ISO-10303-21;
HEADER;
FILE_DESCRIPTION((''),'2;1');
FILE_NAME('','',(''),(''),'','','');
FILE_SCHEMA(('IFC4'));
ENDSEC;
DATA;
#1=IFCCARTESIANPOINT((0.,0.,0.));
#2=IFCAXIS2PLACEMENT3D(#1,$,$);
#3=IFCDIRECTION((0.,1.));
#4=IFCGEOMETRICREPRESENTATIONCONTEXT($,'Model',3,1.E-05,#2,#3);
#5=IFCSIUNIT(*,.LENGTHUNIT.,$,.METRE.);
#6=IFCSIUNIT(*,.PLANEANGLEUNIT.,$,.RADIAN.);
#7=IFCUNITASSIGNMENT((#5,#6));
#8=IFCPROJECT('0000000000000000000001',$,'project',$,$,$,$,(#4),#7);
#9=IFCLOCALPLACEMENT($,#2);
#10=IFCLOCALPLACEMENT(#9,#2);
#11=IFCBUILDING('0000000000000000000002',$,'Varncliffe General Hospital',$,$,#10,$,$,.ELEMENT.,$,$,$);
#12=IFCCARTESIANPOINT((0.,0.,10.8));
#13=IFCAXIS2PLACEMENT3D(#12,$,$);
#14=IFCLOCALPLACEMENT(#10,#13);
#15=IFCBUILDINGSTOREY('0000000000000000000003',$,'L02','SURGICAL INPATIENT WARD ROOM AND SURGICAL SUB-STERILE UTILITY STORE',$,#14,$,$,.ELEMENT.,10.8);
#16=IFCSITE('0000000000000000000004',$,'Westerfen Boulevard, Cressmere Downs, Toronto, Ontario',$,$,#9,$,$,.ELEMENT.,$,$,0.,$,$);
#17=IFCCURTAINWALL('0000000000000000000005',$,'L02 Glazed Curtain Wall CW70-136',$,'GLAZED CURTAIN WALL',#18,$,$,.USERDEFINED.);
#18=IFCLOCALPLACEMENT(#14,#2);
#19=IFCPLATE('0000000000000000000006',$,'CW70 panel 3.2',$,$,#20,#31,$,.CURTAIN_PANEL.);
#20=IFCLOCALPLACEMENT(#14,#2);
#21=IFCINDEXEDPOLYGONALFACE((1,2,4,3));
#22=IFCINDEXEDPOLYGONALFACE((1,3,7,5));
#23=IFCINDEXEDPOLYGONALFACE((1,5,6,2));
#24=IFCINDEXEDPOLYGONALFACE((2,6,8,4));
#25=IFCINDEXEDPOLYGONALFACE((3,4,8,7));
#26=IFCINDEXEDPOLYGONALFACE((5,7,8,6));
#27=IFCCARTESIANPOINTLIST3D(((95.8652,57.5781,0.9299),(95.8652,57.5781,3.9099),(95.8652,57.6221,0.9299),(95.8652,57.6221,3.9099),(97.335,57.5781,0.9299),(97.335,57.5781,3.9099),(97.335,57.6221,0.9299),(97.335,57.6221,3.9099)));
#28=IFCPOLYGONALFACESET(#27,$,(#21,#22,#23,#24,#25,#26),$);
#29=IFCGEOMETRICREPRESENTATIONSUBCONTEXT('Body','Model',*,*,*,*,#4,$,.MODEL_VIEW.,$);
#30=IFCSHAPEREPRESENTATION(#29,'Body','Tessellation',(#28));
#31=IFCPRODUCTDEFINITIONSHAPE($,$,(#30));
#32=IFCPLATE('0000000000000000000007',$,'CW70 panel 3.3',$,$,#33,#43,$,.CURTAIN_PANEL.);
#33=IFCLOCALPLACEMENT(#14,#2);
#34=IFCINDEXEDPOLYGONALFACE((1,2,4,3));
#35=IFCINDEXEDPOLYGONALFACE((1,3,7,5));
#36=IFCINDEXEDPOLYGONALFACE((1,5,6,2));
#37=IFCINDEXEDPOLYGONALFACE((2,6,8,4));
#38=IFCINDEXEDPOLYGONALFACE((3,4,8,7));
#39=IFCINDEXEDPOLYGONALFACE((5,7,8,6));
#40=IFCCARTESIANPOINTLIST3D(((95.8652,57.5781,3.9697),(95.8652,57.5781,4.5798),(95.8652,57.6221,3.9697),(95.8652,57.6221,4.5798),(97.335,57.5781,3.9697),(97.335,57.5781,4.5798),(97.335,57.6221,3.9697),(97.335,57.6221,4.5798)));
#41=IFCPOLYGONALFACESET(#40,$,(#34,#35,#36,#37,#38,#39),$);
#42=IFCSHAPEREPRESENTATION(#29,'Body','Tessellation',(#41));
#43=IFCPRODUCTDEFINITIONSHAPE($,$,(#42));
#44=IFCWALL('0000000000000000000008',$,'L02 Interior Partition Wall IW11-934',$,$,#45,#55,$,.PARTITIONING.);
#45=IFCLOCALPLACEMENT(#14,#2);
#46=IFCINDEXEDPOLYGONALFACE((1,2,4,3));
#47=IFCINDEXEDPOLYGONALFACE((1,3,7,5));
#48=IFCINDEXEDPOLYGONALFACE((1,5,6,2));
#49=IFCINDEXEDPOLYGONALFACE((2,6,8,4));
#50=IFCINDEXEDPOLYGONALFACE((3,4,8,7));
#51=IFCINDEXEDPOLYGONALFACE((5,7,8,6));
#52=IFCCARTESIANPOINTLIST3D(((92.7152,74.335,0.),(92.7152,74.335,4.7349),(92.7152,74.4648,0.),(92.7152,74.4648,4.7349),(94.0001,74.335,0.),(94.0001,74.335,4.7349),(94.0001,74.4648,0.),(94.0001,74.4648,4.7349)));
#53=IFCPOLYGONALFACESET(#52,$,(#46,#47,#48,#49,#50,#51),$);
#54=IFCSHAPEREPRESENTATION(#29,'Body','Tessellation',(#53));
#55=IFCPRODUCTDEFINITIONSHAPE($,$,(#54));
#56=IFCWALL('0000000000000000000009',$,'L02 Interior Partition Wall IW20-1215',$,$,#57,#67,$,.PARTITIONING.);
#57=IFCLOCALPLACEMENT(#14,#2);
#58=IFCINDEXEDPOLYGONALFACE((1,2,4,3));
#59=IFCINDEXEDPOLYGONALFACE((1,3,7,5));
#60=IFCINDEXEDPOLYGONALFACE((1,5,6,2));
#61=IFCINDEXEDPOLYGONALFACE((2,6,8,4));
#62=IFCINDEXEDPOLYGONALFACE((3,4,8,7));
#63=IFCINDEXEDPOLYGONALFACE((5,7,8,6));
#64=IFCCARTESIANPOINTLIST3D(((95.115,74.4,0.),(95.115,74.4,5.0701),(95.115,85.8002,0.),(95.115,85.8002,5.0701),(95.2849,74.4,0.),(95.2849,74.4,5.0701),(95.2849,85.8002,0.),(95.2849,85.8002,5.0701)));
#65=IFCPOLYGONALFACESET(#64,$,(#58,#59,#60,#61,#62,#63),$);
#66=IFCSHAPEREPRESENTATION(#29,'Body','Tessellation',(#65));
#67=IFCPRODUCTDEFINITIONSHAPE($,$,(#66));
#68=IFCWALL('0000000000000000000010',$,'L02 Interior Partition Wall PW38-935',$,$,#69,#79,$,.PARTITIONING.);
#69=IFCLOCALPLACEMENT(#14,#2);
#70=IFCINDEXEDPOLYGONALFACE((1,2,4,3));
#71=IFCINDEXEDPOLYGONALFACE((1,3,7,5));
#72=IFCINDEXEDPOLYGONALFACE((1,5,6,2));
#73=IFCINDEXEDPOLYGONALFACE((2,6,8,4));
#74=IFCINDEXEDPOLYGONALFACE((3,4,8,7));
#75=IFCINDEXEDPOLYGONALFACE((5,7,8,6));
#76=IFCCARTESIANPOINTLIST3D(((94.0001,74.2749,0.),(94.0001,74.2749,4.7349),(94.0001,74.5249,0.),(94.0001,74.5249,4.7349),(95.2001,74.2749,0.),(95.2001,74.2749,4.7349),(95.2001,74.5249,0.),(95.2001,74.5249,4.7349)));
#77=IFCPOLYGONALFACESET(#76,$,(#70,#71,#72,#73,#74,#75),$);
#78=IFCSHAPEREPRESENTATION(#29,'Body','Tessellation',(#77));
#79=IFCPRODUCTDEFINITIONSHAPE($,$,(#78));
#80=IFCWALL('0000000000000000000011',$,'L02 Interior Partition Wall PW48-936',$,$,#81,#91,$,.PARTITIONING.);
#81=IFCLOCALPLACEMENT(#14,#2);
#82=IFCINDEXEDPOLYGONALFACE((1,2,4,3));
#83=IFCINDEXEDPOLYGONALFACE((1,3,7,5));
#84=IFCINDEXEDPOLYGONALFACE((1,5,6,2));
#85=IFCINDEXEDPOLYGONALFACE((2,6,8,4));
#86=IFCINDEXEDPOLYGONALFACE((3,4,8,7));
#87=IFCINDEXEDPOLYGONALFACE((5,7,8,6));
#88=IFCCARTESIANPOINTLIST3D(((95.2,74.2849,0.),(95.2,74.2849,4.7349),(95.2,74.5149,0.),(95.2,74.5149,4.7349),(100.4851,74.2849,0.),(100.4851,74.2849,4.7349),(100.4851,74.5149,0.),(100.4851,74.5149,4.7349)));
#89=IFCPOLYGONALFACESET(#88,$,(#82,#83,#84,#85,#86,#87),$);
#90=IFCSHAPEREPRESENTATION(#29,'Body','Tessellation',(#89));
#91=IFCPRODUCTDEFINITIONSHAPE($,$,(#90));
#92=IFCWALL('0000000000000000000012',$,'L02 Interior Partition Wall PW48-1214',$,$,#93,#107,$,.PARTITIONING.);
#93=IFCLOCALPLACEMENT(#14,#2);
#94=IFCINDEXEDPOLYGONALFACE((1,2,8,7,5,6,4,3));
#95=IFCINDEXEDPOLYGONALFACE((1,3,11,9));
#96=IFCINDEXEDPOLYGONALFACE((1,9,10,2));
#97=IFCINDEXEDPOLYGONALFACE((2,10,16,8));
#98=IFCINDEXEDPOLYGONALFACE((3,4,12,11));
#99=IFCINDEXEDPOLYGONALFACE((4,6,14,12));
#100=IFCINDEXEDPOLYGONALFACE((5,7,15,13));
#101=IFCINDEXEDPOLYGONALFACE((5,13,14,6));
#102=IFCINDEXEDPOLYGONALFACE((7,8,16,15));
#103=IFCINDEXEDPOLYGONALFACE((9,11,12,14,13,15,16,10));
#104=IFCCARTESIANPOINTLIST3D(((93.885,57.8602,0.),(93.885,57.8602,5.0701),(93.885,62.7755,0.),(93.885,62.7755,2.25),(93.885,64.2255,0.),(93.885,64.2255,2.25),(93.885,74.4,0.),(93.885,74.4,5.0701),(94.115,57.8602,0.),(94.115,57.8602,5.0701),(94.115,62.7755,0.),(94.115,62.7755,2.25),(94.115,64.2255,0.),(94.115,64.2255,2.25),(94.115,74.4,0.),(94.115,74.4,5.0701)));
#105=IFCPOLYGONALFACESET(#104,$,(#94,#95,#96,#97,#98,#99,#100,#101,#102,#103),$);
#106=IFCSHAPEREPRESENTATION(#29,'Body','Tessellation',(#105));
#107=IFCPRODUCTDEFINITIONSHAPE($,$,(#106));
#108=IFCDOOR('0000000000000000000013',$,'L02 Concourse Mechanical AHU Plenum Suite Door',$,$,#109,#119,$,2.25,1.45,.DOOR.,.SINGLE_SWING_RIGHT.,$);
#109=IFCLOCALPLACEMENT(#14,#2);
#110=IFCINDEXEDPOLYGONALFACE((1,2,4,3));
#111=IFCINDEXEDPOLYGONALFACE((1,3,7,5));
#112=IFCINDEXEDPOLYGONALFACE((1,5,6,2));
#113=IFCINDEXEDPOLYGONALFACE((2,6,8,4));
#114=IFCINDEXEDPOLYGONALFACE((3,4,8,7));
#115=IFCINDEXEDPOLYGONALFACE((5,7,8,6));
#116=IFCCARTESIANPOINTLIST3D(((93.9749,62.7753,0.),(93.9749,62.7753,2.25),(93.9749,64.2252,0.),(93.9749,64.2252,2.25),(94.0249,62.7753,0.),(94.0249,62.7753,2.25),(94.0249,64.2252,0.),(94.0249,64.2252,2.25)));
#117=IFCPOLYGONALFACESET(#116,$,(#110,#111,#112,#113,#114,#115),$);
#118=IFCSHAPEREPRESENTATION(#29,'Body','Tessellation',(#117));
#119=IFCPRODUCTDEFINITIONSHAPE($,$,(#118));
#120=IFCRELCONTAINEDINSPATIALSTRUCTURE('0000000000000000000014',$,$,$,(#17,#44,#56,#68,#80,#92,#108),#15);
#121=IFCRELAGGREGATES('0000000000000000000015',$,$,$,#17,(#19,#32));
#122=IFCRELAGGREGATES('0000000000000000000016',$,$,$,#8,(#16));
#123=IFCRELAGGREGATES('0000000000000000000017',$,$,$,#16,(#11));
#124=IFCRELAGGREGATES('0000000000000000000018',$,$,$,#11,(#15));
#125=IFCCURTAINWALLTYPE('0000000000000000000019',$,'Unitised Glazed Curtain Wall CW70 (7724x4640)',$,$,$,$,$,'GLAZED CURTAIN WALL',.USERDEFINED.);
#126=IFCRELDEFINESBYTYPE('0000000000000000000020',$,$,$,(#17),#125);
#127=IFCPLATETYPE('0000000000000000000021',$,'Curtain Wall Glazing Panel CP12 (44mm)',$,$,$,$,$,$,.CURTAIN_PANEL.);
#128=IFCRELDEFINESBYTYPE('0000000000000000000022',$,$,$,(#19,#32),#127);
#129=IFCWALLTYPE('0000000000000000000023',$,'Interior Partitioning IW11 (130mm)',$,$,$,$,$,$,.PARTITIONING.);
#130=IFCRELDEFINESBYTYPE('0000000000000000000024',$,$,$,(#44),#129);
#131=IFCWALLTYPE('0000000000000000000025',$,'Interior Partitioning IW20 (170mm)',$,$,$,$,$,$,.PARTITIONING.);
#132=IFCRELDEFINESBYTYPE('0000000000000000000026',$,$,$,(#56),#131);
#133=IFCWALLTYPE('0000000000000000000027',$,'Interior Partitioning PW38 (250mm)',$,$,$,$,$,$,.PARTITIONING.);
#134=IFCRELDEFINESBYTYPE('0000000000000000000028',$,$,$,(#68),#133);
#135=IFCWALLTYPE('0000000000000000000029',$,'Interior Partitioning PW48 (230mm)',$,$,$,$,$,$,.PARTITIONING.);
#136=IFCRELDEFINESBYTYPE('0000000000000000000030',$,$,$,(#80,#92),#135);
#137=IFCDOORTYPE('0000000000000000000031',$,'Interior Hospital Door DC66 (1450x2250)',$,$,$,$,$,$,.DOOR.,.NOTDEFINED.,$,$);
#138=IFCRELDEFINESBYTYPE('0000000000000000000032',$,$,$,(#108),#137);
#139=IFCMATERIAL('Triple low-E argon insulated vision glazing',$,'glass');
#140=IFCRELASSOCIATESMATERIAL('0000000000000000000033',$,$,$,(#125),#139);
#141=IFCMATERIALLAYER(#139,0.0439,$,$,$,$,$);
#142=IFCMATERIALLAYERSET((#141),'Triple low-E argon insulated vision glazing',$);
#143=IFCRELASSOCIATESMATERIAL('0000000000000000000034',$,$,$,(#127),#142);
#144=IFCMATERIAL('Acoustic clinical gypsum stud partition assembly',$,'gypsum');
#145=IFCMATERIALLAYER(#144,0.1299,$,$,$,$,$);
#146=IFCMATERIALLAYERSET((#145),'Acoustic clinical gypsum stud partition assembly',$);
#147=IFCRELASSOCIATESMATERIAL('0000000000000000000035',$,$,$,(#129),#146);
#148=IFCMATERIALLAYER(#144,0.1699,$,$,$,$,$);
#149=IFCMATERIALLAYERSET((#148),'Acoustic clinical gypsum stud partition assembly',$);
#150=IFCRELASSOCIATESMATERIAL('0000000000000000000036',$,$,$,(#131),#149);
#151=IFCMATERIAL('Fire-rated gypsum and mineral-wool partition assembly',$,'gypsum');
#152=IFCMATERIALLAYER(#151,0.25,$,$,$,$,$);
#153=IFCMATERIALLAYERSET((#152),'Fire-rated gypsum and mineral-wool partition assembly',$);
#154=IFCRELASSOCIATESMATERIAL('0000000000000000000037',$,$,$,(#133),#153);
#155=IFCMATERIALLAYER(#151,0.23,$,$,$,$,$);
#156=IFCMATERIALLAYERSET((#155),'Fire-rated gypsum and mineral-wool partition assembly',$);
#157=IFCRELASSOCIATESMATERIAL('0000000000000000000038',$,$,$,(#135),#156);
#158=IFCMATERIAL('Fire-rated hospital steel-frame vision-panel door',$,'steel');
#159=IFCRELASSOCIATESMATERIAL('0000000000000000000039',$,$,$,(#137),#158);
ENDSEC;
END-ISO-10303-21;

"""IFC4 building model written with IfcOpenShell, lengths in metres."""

from ifc_helpers import new_model, si_unit, direction, frame, frame_2d, origin, origin_2d, place, context, subcontext, project, spatial, rectangle, extrude, material, layer, layer_set, type_object, element, fill, aggregate, save


model = new_model("IFC4")

# Units and contexts
model_context = context("Model", 3, precision=1e-05, world=origin(), true_north=direction((0.0, 1.0)))
body_context = subcontext(model_context, "Body", "Model", "MODEL_VIEW")
ifc_project = project(units=[si_unit("LENGTHUNIT", "METRE"), si_unit("PLANEANGLEUNIT", "RADIAN")], contexts=[model_context])

# Site, building, storey
site_placement = place(None, origin())
site = spatial("IfcSite", under=ifc_project, at=site_placement, Name="Westerfen Boulevard, Cressmere Downs, Toronto, Ontario", CompositionType="ELEMENT", RefElevation=0.0)
building_placement = place(site_placement, origin())
building = spatial("IfcBuilding", under=site, at=building_placement, Name="Varncliffe General Hospital", CompositionType="ELEMENT")
storey_placement = place(building_placement, frame((0.0, 0.0, 10.8)))
storey = spatial("IfcBuildingStorey", under=building, at=storey_placement, Name="L02", Description="SURGICAL INPATIENT WARD ROOM AND SURGICAL SUB-STERILE UTILITY STORE", CompositionType="ELEMENT", Elevation=10.8)

# Curtain wall
ifc_material_1 = material(Name="Triple low-E argon insulated vision glazing", Category="glass")
curtain_wall_type = type_object("IfcCurtainWallType", Name="Unitised Glazed Curtain Wall CW70 (7724x4640)", ElementType="GLAZED CURTAIN WALL", PredefinedType="USERDEFINED", material=ifc_material_1)
curtain_wall_placement = place(storey_placement, origin())
curtain_wall = element("IfcCurtainWall", 1, at=curtain_wall_placement, inside=storey, type_object=curtain_wall_type, Name="L02 Glazed Curtain Wall CW70-136", ObjectType="GLAZED CURTAIN WALL", PredefinedType="USERDEFINED")

# Plates
ifc_layer_1 = layer(ifc_material_1, 0.0439)
ifc_layer_set_1 = layer_set([ifc_layer_1], Name="Triple low-E argon insulated vision glazing")
plate_type = type_object("IfcPlateType", Name="Curtain Wall Glazing Panel CP12 (44mm)", PredefinedType="CURTAIN_PANEL", material=ifc_layer_set_1)
plate_1_placement = place(storey_placement, frame((96.6001, 57.6001, 0.9299), z_axis=(0.0, 0.0, 1.0), x_axis=(-1.0, 0.0, 0.0)))
plate_1 = element("IfcPlate", 2, at=plate_1_placement, type_object=plate_type, Name="CW70 panel 3.2", PredefinedType="CURTAIN_PANEL", context=body_context, shape_type="SweptSolid", body=[
    extrude(rectangle(XDim=1.4697, YDim=0.0439, at=origin_2d()), origin(), (0.0, 0.0, 1.0), 2.98),
])
plate_2_placement = place(storey_placement, frame((96.6001, 57.6001, 3.9697), z_axis=(0.0, 0.0, 1.0), x_axis=(-1.0, 0.0, 0.0)))
plate_2 = element("IfcPlate", 3, at=plate_2_placement, type_object=plate_type, Name="CW70 panel 3.3", PredefinedType="CURTAIN_PANEL", context=body_context, shape_type="SweptSolid", body=[
    extrude(rectangle(XDim=1.4697, YDim=0.0439, at=origin_2d()), origin(), (0.0, 0.0, 1.0), 0.6101),
])
aggregate(curtain_wall, [plate_1, plate_2])

# Walls
ifc_material_2 = material(Name="Acoustic clinical gypsum stud partition assembly", Category="gypsum")
ifc_layer_2 = layer(ifc_material_2, 0.1299)
ifc_layer_set_2 = layer_set([ifc_layer_2], Name="Acoustic clinical gypsum stud partition assembly")
wall_type_1 = type_object("IfcWallType", Name="Interior Partitioning IW11 (130mm)", PredefinedType="PARTITIONING", material=ifc_layer_set_2)
wall_1_placement = place(storey_placement, frame((92.7151, 74.3999, 0.0), z_axis=(0.0, 0.0, 1.0), x_axis=(1.0, 0.0, 0.0)))
element("IfcWall", 4, at=wall_1_placement, inside=storey, type_object=wall_type_1, Name="L02 Interior Partition Wall IW11-934", PredefinedType="PARTITIONING", context=body_context, shape_type="SweptSolid", body=[
    extrude(rectangle(XDim=1.2849, YDim=0.1299, at=frame_2d((0.6426, 0.0))), origin(), (0.0, 0.0, 1.0), 4.7349),
])
ifc_layer_3 = layer(ifc_material_2, 0.1699)
ifc_layer_set_3 = layer_set([ifc_layer_3], Name="Acoustic clinical gypsum stud partition assembly")
wall_type_2 = type_object("IfcWallType", Name="Interior Partitioning IW20 (170mm)", PredefinedType="PARTITIONING", material=ifc_layer_set_3)
wall_2_placement = place(storey_placement, frame((95.2, 74.3999, 0.0), z_axis=(0.0, 0.0, 1.0), x_axis=(0.0, 1.0, 0.0)))
element("IfcWall", 5, at=wall_2_placement, inside=storey, type_object=wall_type_2, Name="L02 Interior Partition Wall IW20-1215", PredefinedType="PARTITIONING", context=body_context, shape_type="SweptSolid", body=[
    extrude(rectangle(XDim=11.4001, YDim=0.1699, at=frame_2d((5.7002, 0.0))), origin(), (0.0, 0.0, 1.0), 5.0701),
])
ifc_material_3 = material(Name="Fire-rated gypsum and mineral-wool partition assembly", Category="gypsum")
ifc_layer_4 = layer(ifc_material_3, 0.25)
ifc_layer_set_4 = layer_set([ifc_layer_4], Name="Fire-rated gypsum and mineral-wool partition assembly")
wall_type_3 = type_object("IfcWallType", Name="Interior Partitioning PW38 (250mm)", PredefinedType="PARTITIONING", material=ifc_layer_set_4)
wall_3_placement = place(storey_placement, frame((94.0, 74.3999, 0.0), z_axis=(0.0, 0.0, 1.0), x_axis=(1.0, 0.0, 0.0)))
element("IfcWall", 6, at=wall_3_placement, inside=storey, type_object=wall_type_3, Name="L02 Interior Partition Wall PW38-935", PredefinedType="PARTITIONING", context=body_context, shape_type="SweptSolid", body=[
    extrude(rectangle(XDim=1.2, YDim=0.25, at=frame_2d((0.6001, 0.0))), origin(), (0.0, 0.0, 1.0), 4.7349),
])
ifc_layer_5 = layer(ifc_material_3, 0.23)
ifc_layer_set_5 = layer_set([ifc_layer_5], Name="Fire-rated gypsum and mineral-wool partition assembly")
wall_type_4 = type_object("IfcWallType", Name="Interior Partitioning PW48 (230mm)", PredefinedType="PARTITIONING", material=ifc_layer_set_5)
wall_4_placement = place(storey_placement, frame((95.2, 74.3999, 0.0), z_axis=(0.0, 0.0, 1.0), x_axis=(1.0, 0.0, 0.0)))
element("IfcWall", 7, at=wall_4_placement, inside=storey, type_object=wall_type_4, Name="L02 Interior Partition Wall PW48-936", PredefinedType="PARTITIONING", context=body_context, shape_type="SweptSolid", body=[
    extrude(rectangle(XDim=5.2852, YDim=0.23, at=frame_2d((2.6426, 0.0))), origin(), (0.0, 0.0, 1.0), 4.7349),
])

# Wall, opening, door
wall_5_placement = place(storey_placement, frame((94.0, 57.8601, 0.0), z_axis=(0.0, 0.0, 1.0), x_axis=(0.0, 1.0, 0.0)))
wall_5 = element("IfcWall", 8, at=wall_5_placement, inside=storey, type_object=wall_type_4, Name="L02 Interior Partition Wall PW48-1214", PredefinedType="PARTITIONING", context=body_context, shape_type="SweptSolid", body=[
    extrude(rectangle(XDim=16.5398, YDim=0.23, at=frame_2d((8.27, 0.0))), origin(), (0.0, 0.0, 1.0), 5.0701),
])
opening_placement = place(wall_5_placement, frame((4.9153, 0.0, 0.0)))
opening = element("IfcOpeningElement", 9, at=opening_placement, cuts=wall_5, PredefinedType="OPENING", context=body_context, shape_type="SweptSolid", body=[
    extrude(rectangle(XDim=1.45, YDim=2.25, at=frame_2d((0.7251, 1.125))), frame((0.0, 0.125, 0.0), z_axis=(0.0, -1.0, 0.0), x_axis=(1.0, 0.0, 0.0)), (0.0, 0.0, 1.0), 0.25),
])
ifc_material_4 = material(Name="Fire-rated hospital steel-frame vision-panel door", Category="steel")
door_type = type_object("IfcDoorType", Name="Interior Hospital Door DC66 (1450x2250)", OperationType="NOTDEFINED", PredefinedType="DOOR", material=ifc_material_4)
door_placement = place(opening_placement, frame((1.45, 0.0, 0.0), z_axis=(0.0, 0.0, 1.0), x_axis=(-1.0, 0.0, 0.0)))
door = element("IfcDoor", 10, at=door_placement, inside=storey, type_object=door_type, Name="L02 Concourse Mechanical AHU Plenum Suite Door", OperationType="SINGLE_SWING_RIGHT", OverallHeight=2.25, OverallWidth=1.45, PredefinedType="DOOR", context=body_context, shape_type="SweptSolid", body=[
    extrude(rectangle(XDim=1.45, YDim=2.25, at=frame_2d((0.7251, 1.125))), frame((0.0, 0.0249, 0.0), z_axis=(0.0, -1.0, 0.0), x_axis=(1.0, 0.0, 0.0)), (0.0, 0.0, 1.0), 0.05),
])
fill(opening, door)

save(model, "model.ifc")
